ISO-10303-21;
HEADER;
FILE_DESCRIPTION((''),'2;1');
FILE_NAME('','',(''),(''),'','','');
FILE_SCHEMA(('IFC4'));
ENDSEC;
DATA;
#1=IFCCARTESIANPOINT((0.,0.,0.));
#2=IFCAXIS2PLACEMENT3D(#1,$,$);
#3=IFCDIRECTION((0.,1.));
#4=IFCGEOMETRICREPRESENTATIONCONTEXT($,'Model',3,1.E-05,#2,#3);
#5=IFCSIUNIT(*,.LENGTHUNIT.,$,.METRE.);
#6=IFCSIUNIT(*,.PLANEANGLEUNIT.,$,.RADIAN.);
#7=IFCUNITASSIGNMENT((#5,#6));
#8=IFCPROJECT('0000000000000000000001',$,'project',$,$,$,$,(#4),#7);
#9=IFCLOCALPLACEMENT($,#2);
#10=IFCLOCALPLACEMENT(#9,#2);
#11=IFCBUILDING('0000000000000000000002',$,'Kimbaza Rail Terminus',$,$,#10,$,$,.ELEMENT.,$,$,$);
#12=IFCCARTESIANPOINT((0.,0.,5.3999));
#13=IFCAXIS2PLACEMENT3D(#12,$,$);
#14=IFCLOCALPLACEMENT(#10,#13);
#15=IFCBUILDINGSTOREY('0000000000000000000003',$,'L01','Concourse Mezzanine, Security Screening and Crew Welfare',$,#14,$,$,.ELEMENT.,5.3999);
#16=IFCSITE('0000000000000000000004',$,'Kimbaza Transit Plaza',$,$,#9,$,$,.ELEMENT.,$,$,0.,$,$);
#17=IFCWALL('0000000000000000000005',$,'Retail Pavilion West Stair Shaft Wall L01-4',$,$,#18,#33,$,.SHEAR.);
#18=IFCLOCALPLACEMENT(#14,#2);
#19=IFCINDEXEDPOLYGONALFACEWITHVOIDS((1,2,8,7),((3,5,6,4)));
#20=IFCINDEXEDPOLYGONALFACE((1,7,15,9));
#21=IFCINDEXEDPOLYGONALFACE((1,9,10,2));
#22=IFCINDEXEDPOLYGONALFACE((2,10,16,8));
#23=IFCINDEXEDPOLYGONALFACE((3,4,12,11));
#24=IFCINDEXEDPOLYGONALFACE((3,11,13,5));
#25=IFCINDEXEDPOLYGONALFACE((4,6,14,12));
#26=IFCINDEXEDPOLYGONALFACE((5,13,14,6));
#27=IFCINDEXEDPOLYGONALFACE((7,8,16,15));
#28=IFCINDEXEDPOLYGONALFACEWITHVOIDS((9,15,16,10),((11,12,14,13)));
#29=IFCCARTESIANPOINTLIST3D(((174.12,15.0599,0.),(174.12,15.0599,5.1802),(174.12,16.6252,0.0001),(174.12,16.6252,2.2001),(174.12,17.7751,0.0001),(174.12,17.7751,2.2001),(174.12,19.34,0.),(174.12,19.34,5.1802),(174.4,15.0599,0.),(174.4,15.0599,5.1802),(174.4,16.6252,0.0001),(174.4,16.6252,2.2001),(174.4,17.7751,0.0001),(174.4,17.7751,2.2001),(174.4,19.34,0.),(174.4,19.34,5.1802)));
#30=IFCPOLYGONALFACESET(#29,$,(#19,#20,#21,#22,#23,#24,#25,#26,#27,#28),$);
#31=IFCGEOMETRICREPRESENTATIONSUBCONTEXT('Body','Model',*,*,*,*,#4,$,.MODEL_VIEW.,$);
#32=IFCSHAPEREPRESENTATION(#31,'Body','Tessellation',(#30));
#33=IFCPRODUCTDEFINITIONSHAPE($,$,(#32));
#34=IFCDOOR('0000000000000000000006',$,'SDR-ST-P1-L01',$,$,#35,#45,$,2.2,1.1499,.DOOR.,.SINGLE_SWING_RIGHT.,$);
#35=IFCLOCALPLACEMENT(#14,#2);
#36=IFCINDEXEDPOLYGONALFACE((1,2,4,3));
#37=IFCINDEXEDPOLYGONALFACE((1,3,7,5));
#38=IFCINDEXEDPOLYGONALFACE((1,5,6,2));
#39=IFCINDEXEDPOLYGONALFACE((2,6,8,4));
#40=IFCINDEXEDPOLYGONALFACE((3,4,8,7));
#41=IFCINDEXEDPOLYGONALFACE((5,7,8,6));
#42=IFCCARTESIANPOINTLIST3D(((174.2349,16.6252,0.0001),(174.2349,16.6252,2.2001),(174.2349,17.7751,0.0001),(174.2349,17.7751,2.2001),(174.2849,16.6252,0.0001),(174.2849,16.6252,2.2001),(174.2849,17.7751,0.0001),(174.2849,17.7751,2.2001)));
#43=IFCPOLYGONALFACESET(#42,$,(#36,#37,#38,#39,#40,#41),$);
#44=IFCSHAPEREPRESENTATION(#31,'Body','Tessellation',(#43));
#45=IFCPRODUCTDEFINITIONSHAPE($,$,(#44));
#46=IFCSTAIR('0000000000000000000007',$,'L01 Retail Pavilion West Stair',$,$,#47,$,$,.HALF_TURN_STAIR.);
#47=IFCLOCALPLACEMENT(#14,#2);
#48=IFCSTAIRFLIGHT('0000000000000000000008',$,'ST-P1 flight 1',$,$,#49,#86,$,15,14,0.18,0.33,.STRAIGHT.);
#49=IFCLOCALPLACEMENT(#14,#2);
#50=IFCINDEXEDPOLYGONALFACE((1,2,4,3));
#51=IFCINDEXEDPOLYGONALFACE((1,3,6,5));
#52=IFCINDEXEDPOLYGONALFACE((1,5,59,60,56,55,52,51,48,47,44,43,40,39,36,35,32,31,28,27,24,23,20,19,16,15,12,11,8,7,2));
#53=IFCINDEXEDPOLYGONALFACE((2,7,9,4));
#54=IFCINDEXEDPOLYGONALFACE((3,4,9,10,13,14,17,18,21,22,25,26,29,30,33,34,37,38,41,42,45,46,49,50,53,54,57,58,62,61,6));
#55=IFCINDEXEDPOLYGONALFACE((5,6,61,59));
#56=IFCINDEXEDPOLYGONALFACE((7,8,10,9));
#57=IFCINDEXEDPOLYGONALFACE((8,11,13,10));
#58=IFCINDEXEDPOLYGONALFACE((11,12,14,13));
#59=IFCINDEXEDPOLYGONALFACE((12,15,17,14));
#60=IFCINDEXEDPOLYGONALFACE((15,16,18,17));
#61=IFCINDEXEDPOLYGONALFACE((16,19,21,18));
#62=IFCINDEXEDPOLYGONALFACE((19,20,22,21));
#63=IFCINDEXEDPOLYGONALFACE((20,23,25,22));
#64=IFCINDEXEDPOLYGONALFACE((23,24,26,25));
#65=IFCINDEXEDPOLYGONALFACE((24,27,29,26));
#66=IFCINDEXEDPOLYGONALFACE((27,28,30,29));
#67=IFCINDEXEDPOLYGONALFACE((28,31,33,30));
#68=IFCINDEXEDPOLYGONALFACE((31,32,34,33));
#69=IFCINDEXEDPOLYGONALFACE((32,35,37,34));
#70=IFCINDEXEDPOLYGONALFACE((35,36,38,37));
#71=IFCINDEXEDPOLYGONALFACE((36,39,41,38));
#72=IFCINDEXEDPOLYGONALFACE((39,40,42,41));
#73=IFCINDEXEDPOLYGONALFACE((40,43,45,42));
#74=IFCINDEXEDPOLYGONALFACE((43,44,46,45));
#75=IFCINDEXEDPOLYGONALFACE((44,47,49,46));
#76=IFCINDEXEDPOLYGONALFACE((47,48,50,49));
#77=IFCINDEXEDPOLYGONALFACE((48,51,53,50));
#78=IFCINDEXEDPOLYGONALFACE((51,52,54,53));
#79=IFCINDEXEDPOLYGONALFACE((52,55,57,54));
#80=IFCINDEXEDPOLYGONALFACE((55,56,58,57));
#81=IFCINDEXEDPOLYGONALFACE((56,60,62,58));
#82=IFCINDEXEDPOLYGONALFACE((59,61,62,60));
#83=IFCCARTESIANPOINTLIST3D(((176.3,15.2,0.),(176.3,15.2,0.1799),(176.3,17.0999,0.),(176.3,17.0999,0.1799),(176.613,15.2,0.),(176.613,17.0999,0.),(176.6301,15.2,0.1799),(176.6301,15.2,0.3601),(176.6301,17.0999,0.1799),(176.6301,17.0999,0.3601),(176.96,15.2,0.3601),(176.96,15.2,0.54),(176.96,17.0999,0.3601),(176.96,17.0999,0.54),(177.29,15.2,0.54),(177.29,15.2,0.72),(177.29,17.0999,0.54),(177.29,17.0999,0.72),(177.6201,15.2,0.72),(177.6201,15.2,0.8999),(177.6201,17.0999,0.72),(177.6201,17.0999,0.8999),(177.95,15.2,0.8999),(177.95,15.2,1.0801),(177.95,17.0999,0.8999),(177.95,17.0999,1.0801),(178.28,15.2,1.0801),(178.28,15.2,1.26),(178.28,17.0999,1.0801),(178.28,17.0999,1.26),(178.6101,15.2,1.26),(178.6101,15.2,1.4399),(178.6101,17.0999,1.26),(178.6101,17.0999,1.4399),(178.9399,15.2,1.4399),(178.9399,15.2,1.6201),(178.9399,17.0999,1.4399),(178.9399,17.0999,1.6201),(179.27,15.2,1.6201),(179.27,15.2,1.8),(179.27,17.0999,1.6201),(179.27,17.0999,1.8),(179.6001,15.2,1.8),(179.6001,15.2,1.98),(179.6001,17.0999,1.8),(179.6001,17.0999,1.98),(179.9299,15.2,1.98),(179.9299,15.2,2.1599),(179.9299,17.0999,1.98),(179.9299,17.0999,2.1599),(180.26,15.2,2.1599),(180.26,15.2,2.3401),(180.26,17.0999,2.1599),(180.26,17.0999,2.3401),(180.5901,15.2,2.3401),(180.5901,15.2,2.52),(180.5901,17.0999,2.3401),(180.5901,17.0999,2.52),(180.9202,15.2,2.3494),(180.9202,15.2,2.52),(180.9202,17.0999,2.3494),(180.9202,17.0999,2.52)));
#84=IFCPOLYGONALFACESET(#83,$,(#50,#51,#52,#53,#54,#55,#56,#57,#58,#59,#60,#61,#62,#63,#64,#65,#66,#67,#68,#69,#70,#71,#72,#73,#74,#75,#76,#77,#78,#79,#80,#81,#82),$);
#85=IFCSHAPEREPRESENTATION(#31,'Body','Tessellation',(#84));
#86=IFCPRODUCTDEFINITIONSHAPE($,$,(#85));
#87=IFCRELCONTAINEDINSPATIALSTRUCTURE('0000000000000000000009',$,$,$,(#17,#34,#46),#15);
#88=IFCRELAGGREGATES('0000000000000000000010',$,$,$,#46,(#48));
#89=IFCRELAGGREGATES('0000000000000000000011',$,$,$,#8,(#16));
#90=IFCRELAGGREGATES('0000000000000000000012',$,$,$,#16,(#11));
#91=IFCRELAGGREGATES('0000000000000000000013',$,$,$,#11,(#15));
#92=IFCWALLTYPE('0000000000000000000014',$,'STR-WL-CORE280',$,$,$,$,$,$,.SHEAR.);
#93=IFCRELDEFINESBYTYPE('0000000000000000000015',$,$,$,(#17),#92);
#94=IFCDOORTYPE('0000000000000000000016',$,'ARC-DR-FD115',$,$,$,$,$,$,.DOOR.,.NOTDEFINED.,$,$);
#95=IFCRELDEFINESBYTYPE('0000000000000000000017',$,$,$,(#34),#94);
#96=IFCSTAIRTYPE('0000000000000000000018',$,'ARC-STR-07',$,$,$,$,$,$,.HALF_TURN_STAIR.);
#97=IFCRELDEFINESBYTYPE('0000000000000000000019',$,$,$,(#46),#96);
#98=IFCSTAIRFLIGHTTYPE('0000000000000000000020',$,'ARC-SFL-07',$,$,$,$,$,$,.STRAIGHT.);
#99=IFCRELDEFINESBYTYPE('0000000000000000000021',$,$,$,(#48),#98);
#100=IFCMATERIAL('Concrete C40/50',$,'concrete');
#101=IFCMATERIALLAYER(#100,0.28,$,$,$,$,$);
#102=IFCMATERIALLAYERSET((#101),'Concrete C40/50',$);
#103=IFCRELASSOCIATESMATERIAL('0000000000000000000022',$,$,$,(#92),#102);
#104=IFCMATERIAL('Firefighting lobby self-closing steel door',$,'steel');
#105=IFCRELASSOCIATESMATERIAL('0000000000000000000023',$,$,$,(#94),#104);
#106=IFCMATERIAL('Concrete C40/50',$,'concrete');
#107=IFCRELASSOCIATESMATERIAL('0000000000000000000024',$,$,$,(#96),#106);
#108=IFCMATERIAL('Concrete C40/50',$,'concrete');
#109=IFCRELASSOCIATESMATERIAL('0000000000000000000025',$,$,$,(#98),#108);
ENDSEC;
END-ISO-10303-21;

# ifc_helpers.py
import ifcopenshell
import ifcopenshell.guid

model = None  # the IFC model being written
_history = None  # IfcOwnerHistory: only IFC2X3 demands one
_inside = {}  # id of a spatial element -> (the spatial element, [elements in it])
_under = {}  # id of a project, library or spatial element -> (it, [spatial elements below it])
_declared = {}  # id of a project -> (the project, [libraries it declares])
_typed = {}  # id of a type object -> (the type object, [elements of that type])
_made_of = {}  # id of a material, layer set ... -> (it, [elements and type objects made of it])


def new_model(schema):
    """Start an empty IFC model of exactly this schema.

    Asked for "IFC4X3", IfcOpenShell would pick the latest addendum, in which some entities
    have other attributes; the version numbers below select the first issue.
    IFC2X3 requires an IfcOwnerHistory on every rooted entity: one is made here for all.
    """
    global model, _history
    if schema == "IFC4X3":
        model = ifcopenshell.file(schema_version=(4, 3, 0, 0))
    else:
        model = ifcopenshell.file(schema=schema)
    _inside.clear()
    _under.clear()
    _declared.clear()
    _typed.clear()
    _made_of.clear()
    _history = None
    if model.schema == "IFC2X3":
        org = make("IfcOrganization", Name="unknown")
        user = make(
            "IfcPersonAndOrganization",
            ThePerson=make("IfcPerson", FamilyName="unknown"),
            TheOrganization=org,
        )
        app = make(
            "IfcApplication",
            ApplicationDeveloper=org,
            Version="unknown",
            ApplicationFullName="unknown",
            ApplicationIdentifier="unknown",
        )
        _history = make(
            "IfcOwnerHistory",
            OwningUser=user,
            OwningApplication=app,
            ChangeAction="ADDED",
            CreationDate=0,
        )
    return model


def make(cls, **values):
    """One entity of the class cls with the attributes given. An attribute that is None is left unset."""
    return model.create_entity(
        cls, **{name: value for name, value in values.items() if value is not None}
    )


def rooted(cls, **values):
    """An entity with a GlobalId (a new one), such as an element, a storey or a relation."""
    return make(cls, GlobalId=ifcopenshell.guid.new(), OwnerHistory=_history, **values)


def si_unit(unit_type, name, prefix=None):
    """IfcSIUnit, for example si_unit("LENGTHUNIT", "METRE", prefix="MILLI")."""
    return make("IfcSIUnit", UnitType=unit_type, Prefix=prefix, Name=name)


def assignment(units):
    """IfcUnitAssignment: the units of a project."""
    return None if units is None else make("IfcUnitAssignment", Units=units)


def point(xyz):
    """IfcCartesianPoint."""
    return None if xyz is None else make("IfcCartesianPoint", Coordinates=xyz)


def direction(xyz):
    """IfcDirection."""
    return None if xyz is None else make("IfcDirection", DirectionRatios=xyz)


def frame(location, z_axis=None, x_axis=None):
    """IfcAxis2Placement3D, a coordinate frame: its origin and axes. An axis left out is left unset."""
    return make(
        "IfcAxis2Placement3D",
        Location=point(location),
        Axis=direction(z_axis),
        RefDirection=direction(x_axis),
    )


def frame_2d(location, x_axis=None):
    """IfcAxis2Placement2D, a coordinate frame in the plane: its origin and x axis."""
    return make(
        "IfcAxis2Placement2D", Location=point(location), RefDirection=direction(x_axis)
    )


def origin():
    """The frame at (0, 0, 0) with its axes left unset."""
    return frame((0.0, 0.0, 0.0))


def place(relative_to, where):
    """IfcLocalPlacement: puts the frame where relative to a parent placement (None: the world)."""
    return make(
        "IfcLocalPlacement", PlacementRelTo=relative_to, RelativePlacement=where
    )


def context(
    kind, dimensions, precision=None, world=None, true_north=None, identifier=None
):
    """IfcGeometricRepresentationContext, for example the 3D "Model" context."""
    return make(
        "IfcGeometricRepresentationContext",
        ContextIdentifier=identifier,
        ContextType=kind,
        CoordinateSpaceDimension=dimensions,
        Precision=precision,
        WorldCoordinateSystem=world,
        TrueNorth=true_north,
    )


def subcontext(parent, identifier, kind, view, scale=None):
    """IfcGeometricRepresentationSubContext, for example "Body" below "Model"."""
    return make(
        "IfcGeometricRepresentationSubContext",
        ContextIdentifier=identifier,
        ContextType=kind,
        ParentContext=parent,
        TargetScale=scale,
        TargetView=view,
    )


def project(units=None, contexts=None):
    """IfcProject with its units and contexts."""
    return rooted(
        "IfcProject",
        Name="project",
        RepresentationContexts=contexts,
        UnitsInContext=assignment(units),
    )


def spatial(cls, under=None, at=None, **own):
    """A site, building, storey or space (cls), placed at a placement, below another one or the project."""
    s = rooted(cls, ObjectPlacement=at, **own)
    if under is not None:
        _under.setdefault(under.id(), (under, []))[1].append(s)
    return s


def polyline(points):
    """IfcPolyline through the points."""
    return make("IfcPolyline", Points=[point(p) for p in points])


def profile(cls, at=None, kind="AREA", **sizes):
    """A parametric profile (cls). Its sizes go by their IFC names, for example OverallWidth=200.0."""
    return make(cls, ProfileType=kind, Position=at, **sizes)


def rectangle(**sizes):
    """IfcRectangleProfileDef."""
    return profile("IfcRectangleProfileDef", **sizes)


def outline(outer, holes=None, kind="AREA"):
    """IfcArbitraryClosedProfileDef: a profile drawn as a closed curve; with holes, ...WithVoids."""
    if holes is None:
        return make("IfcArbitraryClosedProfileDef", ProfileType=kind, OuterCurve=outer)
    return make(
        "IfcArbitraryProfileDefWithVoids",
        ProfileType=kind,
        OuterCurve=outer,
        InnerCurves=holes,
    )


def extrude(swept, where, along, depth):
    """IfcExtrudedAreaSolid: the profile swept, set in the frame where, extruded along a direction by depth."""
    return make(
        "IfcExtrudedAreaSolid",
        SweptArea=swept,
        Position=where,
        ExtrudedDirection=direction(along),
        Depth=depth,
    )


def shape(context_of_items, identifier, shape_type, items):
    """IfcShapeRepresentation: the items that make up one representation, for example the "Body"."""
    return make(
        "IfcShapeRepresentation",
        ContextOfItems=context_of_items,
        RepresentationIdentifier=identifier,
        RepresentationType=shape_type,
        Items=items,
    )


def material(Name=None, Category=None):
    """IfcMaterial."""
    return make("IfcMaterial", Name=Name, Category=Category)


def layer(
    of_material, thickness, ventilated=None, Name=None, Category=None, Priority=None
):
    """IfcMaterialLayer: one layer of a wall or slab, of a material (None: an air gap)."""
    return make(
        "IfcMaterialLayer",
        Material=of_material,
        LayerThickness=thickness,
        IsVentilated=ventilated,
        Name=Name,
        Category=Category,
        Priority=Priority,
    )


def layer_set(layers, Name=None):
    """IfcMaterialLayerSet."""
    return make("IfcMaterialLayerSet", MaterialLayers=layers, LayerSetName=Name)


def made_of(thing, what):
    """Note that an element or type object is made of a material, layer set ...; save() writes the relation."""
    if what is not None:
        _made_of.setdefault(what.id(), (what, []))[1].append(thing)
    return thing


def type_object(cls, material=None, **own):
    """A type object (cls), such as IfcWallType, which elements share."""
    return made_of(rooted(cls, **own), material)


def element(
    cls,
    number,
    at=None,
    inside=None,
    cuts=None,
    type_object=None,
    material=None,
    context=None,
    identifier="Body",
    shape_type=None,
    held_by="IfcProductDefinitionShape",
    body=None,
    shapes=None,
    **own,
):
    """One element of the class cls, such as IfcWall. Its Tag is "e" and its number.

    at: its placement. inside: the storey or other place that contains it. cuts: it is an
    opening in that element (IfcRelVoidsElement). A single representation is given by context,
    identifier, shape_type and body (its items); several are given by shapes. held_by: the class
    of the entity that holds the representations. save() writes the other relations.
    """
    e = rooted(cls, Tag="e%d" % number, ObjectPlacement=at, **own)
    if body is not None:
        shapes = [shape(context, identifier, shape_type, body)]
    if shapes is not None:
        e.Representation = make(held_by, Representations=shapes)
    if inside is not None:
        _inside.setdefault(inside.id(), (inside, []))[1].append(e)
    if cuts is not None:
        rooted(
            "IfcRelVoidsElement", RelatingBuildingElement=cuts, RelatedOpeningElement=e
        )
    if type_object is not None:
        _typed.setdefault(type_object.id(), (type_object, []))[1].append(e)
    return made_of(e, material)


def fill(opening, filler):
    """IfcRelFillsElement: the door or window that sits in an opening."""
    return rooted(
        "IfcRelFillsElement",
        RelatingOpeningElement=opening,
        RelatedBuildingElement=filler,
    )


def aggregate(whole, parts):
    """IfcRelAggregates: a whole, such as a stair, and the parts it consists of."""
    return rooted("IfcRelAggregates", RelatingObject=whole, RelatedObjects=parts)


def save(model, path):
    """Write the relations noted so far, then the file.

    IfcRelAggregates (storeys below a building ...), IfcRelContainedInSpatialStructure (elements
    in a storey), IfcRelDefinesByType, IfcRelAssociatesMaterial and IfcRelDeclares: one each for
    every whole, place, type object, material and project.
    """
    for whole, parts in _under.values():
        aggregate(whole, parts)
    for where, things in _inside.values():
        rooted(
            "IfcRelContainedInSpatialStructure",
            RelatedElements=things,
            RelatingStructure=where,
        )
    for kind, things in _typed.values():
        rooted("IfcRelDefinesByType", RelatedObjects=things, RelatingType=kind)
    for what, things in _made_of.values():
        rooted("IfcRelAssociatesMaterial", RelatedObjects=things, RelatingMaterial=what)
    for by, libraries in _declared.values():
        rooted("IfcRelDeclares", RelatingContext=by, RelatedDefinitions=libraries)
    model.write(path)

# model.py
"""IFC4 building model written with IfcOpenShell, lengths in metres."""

from ifc_helpers import new_model, si_unit, direction, frame, frame_2d, origin, place, context, subcontext, project, spatial, polyline, rectangle, outline, extrude, material, layer, layer_set, type_object, element, fill, aggregate, save


model = new_model("IFC4")

# Units and contexts
model_context = context("Model", 3, precision=1e-05, world=origin(), true_north=direction((0.0, 1.0)))
body_context = subcontext(model_context, "Body", "Model", "MODEL_VIEW")
ifc_project = project(units=[si_unit("LENGTHUNIT", "METRE"), si_unit("PLANEANGLEUNIT", "RADIAN")], contexts=[model_context])

# Site, building, storey
site_placement = place(None, origin())
site = spatial("IfcSite", under=ifc_project, at=site_placement, Name="Kimbaza Transit Plaza", CompositionType="ELEMENT", RefElevation=0.0)
building_placement = place(site_placement, origin())
building = spatial("IfcBuilding", under=site, at=building_placement, Name="Kimbaza Rail Terminus", CompositionType="ELEMENT")
storey_placement = place(building_placement, frame((0.0, 0.0, 5.3999)))
storey = spatial("IfcBuildingStorey", under=building, at=storey_placement, Name="L01", Description="Concourse Mezzanine, Security Screening and Crew Welfare", CompositionType="ELEMENT", Elevation=5.3999)

# Shared definitions
ifc_material_1 = material(Name="Concrete C40/50", Category="concrete")
ifc_layer_1 = layer(ifc_material_1, 0.28)
ifc_layer_set_1 = layer_set([ifc_layer_1], Name="Concrete C40/50")
wall_type_1 = type_object("IfcWallType", Name="STR-WL-CORE280", PredefinedType="SHEAR", material=ifc_layer_set_1)

# Wall, opening, door
wall_1_placement = place(storey_placement, frame((174.26, 19.3401, 0.0), z_axis=(0.0, 0.0, 1.0), x_axis=(0.0, -1.0, 0.0)))
wall_1 = element("IfcWall", 1, at=wall_1_placement, inside=storey, type_object=wall_type_1, Name="Retail Pavilion West Stair Shaft Wall L01-4", PredefinedType="SHEAR", context=body_context, shape_type="SweptSolid", body=[
    extrude(rectangle(XDim=4.28, YDim=0.28, at=frame_2d((2.1401, 0.0))), origin(), (0.0, 0.0, 1.0), 5.1802),
])
opening_1_placement = place(wall_1_placement, frame((1.5649, 0.0, 0.0)))
opening_1 = element("IfcOpeningElement", 2, at=opening_1_placement, cuts=wall_1, PredefinedType="OPENING", context=body_context, shape_type="SweptSolid", body=[
    extrude(rectangle(XDim=1.1499, YDim=2.2, at=frame_2d((0.575, 1.1001))), frame((0.0, 0.1499, 0.0), z_axis=(0.0, -1.0, 0.0), x_axis=(1.0, 0.0, 0.0)), (0.0, 0.0, 1.0), 0.3),
])
ifc_material_2 = material(Name="Firefighting lobby self-closing steel door", Category="steel")
door_type_1 = type_object("IfcDoorType", Name="ARC-DR-FD115", OperationType="NOTDEFINED", PredefinedType="DOOR", material=ifc_material_2)
door_1_placement = place(opening_1_placement, origin())
door_1 = element("IfcDoor", 3, at=door_1_placement, inside=storey, type_object=door_type_1, Name="SDR-ST-P1-L01", OperationType="SINGLE_SWING_RIGHT", OverallHeight=2.2, OverallWidth=1.1499, PredefinedType="DOOR", context=body_context, shape_type="SweptSolid", body=[
    extrude(rectangle(XDim=1.1499, YDim=2.2, at=frame_2d((0.575, 1.1001))), frame((0.0, 0.0249, 0.0), z_axis=(0.0, -1.0, 0.0), x_axis=(1.0, 0.0, 0.0)), (0.0, 0.0, 1.0), 0.05),
])
fill(opening_1, door_1)

# Stair, stair flight
ifc_material_3 = material(Name="Concrete C40/50", Category="concrete")
stair_type = type_object("IfcStairType", Name="ARC-STR-07", PredefinedType="HALF_TURN_STAIR", material=ifc_material_3)
stair_placement = place(storey_placement, origin())
stair = element("IfcStair", 4, at=stair_placement, inside=storey, type_object=stair_type, Name="L01 Retail Pavilion West Stair", PredefinedType="HALF_TURN_STAIR")
ifc_material_4 = material(Name="Concrete C40/50", Category="concrete")
stair_flight_type = type_object("IfcStairFlightType", Name="ARC-SFL-07", PredefinedType="STRAIGHT", material=ifc_material_4)
stair_flight_placement = place(storey_placement, frame((176.3, 16.1499, 0.0), z_axis=(0.0, 0.0, 1.0), x_axis=(1.0, 0.0, 0.0)))
stair_flight = element("IfcStairFlight", 5, at=stair_flight_placement, type_object=stair_flight_type, Name="ST-P1 flight 1", NumberOfRisers=15, NumberOfTreads=14, PredefinedType="STRAIGHT", RiserHeight=0.18, TreadLength=0.33, context=body_context, shape_type="SweptSolid", body=[
    extrude(outline(polyline([(0.0, 0.0), (0.0, 0.1799), (0.3301, 0.1799), (0.3301, 0.3601), (0.6599, 0.3601), (0.6599, 0.54), (0.99, 0.54), (0.99, 0.72), (1.3201, 0.72), (1.3201, 0.8999), (1.6499, 0.8999), (1.6499, 1.0801), (1.98, 1.0801), (1.98, 1.26), (2.3101, 1.26), (2.3101, 1.4399), (2.6399, 1.4399), (2.6399, 1.6201), (2.97, 1.6201), (2.97, 1.8), (3.3, 1.8), (3.3, 1.98), (3.6299, 1.98), (3.6299, 2.1599), (3.96, 2.1599), (3.96, 2.3401), (4.29, 2.3401), (4.29, 2.52), (4.6201, 2.52), (4.6201, 2.7), (4.6201, 2.3494), (0.313, 0.0), (0.0, 0.0)])), frame((0.0, 0.95, 0.0), z_axis=(0.0, -1.0, 0.0), x_axis=(1.0, 0.0, 0.0)), (0.0, 0.0, 1.0), 1.8999),
])
aggregate(stair, [stair_flight])

save(model, "model.ifc")
